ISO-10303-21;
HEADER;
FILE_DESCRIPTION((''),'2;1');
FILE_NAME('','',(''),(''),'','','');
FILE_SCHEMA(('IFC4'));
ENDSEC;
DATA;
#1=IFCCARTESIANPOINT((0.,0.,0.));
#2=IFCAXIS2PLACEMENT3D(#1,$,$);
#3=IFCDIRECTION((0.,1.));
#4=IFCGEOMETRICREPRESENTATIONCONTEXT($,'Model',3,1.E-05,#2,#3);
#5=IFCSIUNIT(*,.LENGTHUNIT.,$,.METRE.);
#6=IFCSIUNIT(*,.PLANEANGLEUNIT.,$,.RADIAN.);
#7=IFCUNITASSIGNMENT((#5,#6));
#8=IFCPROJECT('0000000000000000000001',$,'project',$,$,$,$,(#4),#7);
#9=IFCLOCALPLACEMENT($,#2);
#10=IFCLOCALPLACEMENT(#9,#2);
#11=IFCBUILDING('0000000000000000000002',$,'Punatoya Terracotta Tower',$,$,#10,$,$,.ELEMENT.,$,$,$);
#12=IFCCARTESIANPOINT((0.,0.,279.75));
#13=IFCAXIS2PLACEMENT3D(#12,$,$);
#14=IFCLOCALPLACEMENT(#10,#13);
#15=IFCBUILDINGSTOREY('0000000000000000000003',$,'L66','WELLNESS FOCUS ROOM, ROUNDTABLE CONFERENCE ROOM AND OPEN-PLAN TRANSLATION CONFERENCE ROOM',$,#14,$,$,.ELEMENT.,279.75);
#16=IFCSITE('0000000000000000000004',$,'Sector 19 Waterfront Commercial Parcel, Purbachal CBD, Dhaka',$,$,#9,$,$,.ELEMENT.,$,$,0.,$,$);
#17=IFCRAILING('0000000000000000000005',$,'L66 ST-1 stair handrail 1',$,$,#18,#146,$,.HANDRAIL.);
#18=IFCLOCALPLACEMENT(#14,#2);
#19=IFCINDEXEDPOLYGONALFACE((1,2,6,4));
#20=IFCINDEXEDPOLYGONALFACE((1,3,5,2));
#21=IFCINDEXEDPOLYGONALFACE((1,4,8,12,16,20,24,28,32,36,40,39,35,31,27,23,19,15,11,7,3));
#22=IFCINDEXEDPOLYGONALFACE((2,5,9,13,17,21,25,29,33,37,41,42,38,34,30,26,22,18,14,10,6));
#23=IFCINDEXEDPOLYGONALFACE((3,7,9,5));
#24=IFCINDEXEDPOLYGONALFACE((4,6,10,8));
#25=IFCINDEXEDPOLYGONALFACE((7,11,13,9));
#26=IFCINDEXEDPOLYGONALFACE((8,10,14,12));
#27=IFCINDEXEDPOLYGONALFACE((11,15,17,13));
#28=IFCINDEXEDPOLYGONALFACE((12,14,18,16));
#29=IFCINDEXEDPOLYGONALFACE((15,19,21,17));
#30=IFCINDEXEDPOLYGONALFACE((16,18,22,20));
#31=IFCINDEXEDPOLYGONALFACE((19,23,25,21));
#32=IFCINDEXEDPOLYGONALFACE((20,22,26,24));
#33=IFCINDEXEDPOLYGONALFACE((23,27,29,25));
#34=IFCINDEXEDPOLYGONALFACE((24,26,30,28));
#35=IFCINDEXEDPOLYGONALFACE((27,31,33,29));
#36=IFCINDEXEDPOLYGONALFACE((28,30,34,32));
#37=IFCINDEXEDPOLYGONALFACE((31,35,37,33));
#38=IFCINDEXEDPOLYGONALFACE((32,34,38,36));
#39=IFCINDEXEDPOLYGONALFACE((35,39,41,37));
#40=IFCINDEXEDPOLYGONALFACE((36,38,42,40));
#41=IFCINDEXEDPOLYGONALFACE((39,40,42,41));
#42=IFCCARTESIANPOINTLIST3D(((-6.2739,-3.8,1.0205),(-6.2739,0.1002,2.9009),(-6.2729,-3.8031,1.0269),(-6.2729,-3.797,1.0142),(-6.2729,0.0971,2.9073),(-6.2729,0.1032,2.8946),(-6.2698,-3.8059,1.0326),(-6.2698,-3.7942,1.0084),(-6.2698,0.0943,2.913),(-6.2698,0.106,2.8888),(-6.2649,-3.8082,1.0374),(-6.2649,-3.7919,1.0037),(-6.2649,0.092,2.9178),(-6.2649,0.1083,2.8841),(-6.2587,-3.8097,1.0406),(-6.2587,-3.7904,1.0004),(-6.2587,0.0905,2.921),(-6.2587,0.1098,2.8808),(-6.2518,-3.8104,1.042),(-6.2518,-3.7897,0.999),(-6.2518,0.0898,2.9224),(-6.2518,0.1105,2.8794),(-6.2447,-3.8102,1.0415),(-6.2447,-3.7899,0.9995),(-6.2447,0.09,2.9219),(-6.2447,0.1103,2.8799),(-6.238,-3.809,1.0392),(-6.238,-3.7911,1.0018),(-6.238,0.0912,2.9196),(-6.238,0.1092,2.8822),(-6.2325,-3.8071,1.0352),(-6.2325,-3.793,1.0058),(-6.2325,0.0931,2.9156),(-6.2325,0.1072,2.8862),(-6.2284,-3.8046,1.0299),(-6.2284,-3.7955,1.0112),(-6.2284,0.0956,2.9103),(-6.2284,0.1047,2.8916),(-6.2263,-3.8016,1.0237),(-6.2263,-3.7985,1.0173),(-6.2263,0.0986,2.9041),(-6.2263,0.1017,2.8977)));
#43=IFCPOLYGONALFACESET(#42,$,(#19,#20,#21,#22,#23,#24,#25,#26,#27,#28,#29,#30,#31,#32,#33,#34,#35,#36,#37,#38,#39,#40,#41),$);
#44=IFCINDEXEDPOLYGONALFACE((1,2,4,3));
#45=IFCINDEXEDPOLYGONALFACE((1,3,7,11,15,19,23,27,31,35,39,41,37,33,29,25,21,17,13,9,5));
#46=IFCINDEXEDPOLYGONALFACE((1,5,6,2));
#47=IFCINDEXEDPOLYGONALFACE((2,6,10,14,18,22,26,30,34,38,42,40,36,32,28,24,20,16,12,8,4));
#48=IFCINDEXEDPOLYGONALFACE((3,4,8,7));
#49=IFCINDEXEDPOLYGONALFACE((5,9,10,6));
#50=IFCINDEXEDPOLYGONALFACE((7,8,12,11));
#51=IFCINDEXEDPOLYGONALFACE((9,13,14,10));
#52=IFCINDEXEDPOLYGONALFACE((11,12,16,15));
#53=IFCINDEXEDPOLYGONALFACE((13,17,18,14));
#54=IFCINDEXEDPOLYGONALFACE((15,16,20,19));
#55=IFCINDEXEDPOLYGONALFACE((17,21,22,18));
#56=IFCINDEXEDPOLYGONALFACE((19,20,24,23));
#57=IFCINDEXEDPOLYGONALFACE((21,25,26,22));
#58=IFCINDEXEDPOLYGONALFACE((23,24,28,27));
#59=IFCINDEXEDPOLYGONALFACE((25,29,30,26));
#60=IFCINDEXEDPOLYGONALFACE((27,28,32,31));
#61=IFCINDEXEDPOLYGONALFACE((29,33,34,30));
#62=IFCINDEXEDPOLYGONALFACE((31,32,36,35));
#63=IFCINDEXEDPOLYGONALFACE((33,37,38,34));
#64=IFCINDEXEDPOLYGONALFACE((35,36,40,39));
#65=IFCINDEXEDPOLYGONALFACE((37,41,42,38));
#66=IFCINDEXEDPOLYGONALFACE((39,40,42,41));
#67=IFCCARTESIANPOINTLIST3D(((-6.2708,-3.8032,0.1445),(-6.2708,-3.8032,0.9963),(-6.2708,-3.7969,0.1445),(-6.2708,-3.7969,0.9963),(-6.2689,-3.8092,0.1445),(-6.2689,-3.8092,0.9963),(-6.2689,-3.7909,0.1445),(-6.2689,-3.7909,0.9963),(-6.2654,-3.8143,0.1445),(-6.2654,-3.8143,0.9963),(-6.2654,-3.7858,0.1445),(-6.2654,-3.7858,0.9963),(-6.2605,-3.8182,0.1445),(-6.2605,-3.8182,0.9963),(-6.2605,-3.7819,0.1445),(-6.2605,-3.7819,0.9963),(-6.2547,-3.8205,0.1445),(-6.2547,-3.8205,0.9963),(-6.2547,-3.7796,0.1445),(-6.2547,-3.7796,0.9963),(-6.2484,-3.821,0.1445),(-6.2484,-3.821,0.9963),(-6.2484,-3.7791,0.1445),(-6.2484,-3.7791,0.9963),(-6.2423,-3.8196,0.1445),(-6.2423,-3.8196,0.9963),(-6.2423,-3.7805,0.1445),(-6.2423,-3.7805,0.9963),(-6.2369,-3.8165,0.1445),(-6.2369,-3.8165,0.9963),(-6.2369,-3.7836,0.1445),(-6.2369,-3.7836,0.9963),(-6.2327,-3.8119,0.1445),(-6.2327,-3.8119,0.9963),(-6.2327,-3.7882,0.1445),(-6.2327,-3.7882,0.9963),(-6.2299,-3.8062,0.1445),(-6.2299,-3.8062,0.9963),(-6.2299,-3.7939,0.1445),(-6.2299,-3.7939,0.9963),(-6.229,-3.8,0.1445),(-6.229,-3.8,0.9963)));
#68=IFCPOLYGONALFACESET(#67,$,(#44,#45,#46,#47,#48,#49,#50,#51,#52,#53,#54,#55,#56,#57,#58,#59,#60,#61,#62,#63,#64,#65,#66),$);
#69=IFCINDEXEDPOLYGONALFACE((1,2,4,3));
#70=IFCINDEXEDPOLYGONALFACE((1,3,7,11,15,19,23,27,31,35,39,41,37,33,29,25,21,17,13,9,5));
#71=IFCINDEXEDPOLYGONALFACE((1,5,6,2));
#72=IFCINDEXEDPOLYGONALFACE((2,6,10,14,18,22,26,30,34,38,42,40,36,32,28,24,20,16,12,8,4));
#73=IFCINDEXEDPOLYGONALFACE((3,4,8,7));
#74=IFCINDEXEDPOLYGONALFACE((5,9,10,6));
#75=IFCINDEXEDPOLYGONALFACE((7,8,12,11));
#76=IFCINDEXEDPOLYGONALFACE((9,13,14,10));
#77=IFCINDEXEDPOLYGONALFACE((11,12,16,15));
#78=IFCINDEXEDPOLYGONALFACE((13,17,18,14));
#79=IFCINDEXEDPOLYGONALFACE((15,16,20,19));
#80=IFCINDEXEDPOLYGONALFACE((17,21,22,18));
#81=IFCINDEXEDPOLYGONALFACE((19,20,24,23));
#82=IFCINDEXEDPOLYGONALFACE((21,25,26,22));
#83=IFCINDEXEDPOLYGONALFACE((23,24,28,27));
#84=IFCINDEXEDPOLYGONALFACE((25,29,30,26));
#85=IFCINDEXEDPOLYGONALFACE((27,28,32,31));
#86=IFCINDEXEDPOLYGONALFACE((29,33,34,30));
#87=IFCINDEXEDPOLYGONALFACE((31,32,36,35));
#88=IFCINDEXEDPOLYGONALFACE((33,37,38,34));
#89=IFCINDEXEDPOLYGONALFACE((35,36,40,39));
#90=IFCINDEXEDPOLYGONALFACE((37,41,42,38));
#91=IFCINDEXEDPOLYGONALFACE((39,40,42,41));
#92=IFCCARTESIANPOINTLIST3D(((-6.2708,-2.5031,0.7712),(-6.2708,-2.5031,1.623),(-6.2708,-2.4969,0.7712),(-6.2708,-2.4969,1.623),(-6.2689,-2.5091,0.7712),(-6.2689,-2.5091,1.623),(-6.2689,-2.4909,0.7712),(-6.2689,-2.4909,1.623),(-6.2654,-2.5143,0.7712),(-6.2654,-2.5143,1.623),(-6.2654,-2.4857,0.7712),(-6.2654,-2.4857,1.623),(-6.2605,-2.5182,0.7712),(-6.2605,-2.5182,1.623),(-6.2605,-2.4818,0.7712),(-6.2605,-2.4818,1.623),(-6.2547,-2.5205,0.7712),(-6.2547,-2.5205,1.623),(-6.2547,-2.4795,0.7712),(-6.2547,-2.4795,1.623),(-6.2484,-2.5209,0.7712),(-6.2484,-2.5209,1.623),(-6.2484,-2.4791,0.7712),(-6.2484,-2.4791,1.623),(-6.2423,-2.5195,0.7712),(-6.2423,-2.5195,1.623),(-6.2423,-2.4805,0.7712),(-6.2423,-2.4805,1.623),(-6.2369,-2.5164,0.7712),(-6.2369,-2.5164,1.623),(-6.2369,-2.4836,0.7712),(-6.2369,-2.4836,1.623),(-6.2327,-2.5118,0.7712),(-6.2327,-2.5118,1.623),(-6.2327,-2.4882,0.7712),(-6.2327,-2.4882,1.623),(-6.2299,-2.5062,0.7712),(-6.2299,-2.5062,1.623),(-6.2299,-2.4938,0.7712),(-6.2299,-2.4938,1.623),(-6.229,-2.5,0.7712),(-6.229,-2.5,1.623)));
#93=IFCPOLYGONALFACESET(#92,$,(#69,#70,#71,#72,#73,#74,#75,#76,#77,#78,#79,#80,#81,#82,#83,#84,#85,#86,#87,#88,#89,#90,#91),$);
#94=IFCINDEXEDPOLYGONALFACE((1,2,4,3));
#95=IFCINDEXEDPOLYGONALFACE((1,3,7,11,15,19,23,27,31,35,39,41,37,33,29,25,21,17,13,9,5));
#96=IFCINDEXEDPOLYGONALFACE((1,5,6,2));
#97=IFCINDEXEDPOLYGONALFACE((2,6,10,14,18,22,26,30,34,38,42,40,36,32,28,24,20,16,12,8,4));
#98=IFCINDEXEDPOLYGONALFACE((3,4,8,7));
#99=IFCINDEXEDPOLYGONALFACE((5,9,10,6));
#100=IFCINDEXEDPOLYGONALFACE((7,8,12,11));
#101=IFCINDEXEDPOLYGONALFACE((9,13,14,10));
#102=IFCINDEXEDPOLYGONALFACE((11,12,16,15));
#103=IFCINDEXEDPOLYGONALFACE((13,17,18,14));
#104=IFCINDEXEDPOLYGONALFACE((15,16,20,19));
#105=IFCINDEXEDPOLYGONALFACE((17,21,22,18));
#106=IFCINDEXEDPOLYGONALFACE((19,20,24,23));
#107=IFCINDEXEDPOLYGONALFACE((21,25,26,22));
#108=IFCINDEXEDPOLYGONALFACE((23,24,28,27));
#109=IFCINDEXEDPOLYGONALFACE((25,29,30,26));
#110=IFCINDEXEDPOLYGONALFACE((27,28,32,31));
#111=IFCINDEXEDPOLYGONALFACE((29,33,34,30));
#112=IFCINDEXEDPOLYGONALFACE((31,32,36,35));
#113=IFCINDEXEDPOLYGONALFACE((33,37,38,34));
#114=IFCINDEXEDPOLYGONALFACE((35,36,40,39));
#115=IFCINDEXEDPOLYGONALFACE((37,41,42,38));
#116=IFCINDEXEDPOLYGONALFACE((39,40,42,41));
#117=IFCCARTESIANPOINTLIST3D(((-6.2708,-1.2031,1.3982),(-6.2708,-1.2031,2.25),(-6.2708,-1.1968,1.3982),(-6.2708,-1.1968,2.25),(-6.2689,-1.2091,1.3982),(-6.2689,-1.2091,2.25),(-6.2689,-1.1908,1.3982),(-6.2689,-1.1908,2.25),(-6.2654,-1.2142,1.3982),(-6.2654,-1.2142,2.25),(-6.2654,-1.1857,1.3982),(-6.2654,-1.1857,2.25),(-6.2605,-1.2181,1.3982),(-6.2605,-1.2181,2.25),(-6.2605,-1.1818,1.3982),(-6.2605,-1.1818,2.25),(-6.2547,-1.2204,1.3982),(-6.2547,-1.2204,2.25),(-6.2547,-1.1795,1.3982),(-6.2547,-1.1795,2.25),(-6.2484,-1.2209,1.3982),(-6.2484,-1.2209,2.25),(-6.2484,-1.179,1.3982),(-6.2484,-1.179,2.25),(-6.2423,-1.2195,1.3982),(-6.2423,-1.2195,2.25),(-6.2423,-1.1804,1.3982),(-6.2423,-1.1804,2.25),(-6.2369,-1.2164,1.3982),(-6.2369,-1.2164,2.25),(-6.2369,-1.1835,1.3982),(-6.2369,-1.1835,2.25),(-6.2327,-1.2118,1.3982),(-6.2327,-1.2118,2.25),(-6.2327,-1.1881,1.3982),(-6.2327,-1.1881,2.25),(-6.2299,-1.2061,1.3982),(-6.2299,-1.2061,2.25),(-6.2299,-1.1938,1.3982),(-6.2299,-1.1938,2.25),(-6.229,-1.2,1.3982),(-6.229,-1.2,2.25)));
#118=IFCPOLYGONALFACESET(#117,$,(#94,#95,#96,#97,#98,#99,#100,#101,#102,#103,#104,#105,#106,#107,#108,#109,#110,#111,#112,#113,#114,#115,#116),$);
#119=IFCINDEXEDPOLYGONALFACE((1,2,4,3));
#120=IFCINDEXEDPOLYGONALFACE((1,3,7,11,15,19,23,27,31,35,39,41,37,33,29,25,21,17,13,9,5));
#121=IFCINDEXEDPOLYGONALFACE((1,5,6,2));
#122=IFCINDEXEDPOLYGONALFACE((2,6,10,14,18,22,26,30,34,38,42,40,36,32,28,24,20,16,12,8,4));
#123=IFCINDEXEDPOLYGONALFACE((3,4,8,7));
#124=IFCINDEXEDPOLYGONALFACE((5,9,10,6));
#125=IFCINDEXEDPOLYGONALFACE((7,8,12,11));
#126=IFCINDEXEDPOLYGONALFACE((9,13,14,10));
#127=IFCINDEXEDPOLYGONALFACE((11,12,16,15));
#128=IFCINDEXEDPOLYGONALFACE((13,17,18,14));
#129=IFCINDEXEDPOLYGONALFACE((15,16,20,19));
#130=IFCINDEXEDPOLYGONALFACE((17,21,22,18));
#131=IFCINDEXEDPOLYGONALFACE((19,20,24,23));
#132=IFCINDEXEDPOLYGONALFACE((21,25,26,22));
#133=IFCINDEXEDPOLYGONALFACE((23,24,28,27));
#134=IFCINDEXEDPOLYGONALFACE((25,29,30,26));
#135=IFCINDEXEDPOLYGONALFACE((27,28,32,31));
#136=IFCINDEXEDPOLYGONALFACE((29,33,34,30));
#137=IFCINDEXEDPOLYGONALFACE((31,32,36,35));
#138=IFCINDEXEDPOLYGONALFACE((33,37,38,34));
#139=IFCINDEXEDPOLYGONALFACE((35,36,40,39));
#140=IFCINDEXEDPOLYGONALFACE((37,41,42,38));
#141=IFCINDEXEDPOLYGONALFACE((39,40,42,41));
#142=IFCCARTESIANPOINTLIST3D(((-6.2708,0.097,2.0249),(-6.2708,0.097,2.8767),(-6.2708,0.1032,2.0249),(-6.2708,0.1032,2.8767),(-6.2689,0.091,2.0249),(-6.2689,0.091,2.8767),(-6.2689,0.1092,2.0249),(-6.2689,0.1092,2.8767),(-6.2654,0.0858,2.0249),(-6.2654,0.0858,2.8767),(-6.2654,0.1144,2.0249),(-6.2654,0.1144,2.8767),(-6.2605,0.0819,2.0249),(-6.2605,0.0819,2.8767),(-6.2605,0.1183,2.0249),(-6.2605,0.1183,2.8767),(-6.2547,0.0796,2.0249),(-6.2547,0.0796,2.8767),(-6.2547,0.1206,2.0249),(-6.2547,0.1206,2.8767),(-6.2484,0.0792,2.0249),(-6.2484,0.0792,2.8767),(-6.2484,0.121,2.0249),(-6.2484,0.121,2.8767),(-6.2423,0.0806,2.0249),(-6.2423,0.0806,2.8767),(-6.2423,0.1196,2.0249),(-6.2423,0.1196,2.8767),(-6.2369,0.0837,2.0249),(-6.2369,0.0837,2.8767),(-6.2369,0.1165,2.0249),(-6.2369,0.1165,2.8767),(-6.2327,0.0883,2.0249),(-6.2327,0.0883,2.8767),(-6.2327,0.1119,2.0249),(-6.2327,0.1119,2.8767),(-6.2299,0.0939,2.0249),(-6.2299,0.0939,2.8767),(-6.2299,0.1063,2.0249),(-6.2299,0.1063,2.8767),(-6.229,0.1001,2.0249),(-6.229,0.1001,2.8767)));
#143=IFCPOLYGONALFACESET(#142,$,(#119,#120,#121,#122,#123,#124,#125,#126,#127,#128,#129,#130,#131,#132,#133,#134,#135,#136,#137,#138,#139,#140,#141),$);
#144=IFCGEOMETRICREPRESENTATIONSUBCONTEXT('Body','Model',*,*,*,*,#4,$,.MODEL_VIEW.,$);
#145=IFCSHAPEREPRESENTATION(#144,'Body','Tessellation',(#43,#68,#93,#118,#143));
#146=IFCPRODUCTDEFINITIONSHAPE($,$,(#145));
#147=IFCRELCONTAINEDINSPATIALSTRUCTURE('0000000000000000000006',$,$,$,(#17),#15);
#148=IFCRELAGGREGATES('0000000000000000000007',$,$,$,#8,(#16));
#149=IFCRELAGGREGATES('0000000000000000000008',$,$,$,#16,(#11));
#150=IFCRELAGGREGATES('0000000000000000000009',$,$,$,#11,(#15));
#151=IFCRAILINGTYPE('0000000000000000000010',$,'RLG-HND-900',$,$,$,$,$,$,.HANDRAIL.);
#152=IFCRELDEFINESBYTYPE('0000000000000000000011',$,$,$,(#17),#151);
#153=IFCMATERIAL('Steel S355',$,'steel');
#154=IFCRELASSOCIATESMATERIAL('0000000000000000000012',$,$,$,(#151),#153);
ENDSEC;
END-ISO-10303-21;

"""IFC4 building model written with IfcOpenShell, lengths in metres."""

from ifc_helpers import new_model, si_unit, direction, frame, origin, origin_2d, place, context, subcontext, project, spatial, circle, extrude, material, type_object, element, save


model = new_model("IFC4")

# Units and contexts
model_context = context("Model", 3, precision=1e-05, world=origin(), true_north=direction((0.0, 1.0)))
body_context = subcontext(model_context, "Body", "Model", "MODEL_VIEW")
ifc_project = project(units=[si_unit("LENGTHUNIT", "METRE"), si_unit("PLANEANGLEUNIT", "RADIAN")], contexts=[model_context])

# Site, building, storey
site_placement = place(None, origin())
site = spatial("IfcSite", under=ifc_project, at=site_placement, Name="Sector 19 Waterfront Commercial Parcel, Purbachal CBD, Dhaka", CompositionType="ELEMENT", RefElevation=0.0)
building_placement = place(site_placement, origin())
building = spatial("IfcBuilding", under=site, at=building_placement, Name="Punatoya Terracotta Tower", CompositionType="ELEMENT")
storey_placement = place(building_placement, frame((0.0, 0.0, 279.75)))
storey = spatial("IfcBuildingStorey", under=building, at=storey_placement, Name="L66", Description="WELLNESS FOCUS ROOM, ROUNDTABLE CONFERENCE ROOM AND OPEN-PLAN TRANSLATION CONFERENCE ROOM", CompositionType="ELEMENT", Elevation=279.75)

# Railing
ifc_material_1 = material(Name="Steel S355", Category="steel")
railing_type_1 = type_object("IfcRailingType", Name="RLG-HND-900", PredefinedType="HANDRAIL", material=ifc_material_1)
railing_1_placement = place(storey_placement, frame((-6.25, -3.8, 0.1445)))
element("IfcRailing", 1, at=railing_1_placement, inside=storey, type_object=railing_type_1, Name="L66 ST-1 stair handrail 1", PredefinedType="HANDRAIL", context=body_context, shape_type="SweptSolid", body=[
    extrude(circle(Radius=0.0239, at=origin_2d()), frame((0.0, 0.0, 0.876), z_axis=(0.0, 0.900774, 0.434289), x_axis=(-1.0, 0.0, 0.0)), (0.0, 0.0, 1.0), 4.3298),
    extrude(circle(Radius=0.021, at=origin_2d()), origin(), (0.0, 0.0, 1.0), 0.8518),
    extrude(circle(Radius=0.021, at=origin_2d()), frame((0.0, 1.3, 0.6267)), (0.0, 0.0, 1.0), 0.8518),
    extrude(circle(Radius=0.021, at=origin_2d()), frame((0.0, 2.6001, 1.2537)), (0.0, 0.0, 1.0), 0.8518),
    extrude(circle(Radius=0.021, at=origin_2d()), frame((0.0, 3.9001, 1.8804)), (0.0, 0.0, 1.0), 0.8518),
])

save(model, "model.ifc")
